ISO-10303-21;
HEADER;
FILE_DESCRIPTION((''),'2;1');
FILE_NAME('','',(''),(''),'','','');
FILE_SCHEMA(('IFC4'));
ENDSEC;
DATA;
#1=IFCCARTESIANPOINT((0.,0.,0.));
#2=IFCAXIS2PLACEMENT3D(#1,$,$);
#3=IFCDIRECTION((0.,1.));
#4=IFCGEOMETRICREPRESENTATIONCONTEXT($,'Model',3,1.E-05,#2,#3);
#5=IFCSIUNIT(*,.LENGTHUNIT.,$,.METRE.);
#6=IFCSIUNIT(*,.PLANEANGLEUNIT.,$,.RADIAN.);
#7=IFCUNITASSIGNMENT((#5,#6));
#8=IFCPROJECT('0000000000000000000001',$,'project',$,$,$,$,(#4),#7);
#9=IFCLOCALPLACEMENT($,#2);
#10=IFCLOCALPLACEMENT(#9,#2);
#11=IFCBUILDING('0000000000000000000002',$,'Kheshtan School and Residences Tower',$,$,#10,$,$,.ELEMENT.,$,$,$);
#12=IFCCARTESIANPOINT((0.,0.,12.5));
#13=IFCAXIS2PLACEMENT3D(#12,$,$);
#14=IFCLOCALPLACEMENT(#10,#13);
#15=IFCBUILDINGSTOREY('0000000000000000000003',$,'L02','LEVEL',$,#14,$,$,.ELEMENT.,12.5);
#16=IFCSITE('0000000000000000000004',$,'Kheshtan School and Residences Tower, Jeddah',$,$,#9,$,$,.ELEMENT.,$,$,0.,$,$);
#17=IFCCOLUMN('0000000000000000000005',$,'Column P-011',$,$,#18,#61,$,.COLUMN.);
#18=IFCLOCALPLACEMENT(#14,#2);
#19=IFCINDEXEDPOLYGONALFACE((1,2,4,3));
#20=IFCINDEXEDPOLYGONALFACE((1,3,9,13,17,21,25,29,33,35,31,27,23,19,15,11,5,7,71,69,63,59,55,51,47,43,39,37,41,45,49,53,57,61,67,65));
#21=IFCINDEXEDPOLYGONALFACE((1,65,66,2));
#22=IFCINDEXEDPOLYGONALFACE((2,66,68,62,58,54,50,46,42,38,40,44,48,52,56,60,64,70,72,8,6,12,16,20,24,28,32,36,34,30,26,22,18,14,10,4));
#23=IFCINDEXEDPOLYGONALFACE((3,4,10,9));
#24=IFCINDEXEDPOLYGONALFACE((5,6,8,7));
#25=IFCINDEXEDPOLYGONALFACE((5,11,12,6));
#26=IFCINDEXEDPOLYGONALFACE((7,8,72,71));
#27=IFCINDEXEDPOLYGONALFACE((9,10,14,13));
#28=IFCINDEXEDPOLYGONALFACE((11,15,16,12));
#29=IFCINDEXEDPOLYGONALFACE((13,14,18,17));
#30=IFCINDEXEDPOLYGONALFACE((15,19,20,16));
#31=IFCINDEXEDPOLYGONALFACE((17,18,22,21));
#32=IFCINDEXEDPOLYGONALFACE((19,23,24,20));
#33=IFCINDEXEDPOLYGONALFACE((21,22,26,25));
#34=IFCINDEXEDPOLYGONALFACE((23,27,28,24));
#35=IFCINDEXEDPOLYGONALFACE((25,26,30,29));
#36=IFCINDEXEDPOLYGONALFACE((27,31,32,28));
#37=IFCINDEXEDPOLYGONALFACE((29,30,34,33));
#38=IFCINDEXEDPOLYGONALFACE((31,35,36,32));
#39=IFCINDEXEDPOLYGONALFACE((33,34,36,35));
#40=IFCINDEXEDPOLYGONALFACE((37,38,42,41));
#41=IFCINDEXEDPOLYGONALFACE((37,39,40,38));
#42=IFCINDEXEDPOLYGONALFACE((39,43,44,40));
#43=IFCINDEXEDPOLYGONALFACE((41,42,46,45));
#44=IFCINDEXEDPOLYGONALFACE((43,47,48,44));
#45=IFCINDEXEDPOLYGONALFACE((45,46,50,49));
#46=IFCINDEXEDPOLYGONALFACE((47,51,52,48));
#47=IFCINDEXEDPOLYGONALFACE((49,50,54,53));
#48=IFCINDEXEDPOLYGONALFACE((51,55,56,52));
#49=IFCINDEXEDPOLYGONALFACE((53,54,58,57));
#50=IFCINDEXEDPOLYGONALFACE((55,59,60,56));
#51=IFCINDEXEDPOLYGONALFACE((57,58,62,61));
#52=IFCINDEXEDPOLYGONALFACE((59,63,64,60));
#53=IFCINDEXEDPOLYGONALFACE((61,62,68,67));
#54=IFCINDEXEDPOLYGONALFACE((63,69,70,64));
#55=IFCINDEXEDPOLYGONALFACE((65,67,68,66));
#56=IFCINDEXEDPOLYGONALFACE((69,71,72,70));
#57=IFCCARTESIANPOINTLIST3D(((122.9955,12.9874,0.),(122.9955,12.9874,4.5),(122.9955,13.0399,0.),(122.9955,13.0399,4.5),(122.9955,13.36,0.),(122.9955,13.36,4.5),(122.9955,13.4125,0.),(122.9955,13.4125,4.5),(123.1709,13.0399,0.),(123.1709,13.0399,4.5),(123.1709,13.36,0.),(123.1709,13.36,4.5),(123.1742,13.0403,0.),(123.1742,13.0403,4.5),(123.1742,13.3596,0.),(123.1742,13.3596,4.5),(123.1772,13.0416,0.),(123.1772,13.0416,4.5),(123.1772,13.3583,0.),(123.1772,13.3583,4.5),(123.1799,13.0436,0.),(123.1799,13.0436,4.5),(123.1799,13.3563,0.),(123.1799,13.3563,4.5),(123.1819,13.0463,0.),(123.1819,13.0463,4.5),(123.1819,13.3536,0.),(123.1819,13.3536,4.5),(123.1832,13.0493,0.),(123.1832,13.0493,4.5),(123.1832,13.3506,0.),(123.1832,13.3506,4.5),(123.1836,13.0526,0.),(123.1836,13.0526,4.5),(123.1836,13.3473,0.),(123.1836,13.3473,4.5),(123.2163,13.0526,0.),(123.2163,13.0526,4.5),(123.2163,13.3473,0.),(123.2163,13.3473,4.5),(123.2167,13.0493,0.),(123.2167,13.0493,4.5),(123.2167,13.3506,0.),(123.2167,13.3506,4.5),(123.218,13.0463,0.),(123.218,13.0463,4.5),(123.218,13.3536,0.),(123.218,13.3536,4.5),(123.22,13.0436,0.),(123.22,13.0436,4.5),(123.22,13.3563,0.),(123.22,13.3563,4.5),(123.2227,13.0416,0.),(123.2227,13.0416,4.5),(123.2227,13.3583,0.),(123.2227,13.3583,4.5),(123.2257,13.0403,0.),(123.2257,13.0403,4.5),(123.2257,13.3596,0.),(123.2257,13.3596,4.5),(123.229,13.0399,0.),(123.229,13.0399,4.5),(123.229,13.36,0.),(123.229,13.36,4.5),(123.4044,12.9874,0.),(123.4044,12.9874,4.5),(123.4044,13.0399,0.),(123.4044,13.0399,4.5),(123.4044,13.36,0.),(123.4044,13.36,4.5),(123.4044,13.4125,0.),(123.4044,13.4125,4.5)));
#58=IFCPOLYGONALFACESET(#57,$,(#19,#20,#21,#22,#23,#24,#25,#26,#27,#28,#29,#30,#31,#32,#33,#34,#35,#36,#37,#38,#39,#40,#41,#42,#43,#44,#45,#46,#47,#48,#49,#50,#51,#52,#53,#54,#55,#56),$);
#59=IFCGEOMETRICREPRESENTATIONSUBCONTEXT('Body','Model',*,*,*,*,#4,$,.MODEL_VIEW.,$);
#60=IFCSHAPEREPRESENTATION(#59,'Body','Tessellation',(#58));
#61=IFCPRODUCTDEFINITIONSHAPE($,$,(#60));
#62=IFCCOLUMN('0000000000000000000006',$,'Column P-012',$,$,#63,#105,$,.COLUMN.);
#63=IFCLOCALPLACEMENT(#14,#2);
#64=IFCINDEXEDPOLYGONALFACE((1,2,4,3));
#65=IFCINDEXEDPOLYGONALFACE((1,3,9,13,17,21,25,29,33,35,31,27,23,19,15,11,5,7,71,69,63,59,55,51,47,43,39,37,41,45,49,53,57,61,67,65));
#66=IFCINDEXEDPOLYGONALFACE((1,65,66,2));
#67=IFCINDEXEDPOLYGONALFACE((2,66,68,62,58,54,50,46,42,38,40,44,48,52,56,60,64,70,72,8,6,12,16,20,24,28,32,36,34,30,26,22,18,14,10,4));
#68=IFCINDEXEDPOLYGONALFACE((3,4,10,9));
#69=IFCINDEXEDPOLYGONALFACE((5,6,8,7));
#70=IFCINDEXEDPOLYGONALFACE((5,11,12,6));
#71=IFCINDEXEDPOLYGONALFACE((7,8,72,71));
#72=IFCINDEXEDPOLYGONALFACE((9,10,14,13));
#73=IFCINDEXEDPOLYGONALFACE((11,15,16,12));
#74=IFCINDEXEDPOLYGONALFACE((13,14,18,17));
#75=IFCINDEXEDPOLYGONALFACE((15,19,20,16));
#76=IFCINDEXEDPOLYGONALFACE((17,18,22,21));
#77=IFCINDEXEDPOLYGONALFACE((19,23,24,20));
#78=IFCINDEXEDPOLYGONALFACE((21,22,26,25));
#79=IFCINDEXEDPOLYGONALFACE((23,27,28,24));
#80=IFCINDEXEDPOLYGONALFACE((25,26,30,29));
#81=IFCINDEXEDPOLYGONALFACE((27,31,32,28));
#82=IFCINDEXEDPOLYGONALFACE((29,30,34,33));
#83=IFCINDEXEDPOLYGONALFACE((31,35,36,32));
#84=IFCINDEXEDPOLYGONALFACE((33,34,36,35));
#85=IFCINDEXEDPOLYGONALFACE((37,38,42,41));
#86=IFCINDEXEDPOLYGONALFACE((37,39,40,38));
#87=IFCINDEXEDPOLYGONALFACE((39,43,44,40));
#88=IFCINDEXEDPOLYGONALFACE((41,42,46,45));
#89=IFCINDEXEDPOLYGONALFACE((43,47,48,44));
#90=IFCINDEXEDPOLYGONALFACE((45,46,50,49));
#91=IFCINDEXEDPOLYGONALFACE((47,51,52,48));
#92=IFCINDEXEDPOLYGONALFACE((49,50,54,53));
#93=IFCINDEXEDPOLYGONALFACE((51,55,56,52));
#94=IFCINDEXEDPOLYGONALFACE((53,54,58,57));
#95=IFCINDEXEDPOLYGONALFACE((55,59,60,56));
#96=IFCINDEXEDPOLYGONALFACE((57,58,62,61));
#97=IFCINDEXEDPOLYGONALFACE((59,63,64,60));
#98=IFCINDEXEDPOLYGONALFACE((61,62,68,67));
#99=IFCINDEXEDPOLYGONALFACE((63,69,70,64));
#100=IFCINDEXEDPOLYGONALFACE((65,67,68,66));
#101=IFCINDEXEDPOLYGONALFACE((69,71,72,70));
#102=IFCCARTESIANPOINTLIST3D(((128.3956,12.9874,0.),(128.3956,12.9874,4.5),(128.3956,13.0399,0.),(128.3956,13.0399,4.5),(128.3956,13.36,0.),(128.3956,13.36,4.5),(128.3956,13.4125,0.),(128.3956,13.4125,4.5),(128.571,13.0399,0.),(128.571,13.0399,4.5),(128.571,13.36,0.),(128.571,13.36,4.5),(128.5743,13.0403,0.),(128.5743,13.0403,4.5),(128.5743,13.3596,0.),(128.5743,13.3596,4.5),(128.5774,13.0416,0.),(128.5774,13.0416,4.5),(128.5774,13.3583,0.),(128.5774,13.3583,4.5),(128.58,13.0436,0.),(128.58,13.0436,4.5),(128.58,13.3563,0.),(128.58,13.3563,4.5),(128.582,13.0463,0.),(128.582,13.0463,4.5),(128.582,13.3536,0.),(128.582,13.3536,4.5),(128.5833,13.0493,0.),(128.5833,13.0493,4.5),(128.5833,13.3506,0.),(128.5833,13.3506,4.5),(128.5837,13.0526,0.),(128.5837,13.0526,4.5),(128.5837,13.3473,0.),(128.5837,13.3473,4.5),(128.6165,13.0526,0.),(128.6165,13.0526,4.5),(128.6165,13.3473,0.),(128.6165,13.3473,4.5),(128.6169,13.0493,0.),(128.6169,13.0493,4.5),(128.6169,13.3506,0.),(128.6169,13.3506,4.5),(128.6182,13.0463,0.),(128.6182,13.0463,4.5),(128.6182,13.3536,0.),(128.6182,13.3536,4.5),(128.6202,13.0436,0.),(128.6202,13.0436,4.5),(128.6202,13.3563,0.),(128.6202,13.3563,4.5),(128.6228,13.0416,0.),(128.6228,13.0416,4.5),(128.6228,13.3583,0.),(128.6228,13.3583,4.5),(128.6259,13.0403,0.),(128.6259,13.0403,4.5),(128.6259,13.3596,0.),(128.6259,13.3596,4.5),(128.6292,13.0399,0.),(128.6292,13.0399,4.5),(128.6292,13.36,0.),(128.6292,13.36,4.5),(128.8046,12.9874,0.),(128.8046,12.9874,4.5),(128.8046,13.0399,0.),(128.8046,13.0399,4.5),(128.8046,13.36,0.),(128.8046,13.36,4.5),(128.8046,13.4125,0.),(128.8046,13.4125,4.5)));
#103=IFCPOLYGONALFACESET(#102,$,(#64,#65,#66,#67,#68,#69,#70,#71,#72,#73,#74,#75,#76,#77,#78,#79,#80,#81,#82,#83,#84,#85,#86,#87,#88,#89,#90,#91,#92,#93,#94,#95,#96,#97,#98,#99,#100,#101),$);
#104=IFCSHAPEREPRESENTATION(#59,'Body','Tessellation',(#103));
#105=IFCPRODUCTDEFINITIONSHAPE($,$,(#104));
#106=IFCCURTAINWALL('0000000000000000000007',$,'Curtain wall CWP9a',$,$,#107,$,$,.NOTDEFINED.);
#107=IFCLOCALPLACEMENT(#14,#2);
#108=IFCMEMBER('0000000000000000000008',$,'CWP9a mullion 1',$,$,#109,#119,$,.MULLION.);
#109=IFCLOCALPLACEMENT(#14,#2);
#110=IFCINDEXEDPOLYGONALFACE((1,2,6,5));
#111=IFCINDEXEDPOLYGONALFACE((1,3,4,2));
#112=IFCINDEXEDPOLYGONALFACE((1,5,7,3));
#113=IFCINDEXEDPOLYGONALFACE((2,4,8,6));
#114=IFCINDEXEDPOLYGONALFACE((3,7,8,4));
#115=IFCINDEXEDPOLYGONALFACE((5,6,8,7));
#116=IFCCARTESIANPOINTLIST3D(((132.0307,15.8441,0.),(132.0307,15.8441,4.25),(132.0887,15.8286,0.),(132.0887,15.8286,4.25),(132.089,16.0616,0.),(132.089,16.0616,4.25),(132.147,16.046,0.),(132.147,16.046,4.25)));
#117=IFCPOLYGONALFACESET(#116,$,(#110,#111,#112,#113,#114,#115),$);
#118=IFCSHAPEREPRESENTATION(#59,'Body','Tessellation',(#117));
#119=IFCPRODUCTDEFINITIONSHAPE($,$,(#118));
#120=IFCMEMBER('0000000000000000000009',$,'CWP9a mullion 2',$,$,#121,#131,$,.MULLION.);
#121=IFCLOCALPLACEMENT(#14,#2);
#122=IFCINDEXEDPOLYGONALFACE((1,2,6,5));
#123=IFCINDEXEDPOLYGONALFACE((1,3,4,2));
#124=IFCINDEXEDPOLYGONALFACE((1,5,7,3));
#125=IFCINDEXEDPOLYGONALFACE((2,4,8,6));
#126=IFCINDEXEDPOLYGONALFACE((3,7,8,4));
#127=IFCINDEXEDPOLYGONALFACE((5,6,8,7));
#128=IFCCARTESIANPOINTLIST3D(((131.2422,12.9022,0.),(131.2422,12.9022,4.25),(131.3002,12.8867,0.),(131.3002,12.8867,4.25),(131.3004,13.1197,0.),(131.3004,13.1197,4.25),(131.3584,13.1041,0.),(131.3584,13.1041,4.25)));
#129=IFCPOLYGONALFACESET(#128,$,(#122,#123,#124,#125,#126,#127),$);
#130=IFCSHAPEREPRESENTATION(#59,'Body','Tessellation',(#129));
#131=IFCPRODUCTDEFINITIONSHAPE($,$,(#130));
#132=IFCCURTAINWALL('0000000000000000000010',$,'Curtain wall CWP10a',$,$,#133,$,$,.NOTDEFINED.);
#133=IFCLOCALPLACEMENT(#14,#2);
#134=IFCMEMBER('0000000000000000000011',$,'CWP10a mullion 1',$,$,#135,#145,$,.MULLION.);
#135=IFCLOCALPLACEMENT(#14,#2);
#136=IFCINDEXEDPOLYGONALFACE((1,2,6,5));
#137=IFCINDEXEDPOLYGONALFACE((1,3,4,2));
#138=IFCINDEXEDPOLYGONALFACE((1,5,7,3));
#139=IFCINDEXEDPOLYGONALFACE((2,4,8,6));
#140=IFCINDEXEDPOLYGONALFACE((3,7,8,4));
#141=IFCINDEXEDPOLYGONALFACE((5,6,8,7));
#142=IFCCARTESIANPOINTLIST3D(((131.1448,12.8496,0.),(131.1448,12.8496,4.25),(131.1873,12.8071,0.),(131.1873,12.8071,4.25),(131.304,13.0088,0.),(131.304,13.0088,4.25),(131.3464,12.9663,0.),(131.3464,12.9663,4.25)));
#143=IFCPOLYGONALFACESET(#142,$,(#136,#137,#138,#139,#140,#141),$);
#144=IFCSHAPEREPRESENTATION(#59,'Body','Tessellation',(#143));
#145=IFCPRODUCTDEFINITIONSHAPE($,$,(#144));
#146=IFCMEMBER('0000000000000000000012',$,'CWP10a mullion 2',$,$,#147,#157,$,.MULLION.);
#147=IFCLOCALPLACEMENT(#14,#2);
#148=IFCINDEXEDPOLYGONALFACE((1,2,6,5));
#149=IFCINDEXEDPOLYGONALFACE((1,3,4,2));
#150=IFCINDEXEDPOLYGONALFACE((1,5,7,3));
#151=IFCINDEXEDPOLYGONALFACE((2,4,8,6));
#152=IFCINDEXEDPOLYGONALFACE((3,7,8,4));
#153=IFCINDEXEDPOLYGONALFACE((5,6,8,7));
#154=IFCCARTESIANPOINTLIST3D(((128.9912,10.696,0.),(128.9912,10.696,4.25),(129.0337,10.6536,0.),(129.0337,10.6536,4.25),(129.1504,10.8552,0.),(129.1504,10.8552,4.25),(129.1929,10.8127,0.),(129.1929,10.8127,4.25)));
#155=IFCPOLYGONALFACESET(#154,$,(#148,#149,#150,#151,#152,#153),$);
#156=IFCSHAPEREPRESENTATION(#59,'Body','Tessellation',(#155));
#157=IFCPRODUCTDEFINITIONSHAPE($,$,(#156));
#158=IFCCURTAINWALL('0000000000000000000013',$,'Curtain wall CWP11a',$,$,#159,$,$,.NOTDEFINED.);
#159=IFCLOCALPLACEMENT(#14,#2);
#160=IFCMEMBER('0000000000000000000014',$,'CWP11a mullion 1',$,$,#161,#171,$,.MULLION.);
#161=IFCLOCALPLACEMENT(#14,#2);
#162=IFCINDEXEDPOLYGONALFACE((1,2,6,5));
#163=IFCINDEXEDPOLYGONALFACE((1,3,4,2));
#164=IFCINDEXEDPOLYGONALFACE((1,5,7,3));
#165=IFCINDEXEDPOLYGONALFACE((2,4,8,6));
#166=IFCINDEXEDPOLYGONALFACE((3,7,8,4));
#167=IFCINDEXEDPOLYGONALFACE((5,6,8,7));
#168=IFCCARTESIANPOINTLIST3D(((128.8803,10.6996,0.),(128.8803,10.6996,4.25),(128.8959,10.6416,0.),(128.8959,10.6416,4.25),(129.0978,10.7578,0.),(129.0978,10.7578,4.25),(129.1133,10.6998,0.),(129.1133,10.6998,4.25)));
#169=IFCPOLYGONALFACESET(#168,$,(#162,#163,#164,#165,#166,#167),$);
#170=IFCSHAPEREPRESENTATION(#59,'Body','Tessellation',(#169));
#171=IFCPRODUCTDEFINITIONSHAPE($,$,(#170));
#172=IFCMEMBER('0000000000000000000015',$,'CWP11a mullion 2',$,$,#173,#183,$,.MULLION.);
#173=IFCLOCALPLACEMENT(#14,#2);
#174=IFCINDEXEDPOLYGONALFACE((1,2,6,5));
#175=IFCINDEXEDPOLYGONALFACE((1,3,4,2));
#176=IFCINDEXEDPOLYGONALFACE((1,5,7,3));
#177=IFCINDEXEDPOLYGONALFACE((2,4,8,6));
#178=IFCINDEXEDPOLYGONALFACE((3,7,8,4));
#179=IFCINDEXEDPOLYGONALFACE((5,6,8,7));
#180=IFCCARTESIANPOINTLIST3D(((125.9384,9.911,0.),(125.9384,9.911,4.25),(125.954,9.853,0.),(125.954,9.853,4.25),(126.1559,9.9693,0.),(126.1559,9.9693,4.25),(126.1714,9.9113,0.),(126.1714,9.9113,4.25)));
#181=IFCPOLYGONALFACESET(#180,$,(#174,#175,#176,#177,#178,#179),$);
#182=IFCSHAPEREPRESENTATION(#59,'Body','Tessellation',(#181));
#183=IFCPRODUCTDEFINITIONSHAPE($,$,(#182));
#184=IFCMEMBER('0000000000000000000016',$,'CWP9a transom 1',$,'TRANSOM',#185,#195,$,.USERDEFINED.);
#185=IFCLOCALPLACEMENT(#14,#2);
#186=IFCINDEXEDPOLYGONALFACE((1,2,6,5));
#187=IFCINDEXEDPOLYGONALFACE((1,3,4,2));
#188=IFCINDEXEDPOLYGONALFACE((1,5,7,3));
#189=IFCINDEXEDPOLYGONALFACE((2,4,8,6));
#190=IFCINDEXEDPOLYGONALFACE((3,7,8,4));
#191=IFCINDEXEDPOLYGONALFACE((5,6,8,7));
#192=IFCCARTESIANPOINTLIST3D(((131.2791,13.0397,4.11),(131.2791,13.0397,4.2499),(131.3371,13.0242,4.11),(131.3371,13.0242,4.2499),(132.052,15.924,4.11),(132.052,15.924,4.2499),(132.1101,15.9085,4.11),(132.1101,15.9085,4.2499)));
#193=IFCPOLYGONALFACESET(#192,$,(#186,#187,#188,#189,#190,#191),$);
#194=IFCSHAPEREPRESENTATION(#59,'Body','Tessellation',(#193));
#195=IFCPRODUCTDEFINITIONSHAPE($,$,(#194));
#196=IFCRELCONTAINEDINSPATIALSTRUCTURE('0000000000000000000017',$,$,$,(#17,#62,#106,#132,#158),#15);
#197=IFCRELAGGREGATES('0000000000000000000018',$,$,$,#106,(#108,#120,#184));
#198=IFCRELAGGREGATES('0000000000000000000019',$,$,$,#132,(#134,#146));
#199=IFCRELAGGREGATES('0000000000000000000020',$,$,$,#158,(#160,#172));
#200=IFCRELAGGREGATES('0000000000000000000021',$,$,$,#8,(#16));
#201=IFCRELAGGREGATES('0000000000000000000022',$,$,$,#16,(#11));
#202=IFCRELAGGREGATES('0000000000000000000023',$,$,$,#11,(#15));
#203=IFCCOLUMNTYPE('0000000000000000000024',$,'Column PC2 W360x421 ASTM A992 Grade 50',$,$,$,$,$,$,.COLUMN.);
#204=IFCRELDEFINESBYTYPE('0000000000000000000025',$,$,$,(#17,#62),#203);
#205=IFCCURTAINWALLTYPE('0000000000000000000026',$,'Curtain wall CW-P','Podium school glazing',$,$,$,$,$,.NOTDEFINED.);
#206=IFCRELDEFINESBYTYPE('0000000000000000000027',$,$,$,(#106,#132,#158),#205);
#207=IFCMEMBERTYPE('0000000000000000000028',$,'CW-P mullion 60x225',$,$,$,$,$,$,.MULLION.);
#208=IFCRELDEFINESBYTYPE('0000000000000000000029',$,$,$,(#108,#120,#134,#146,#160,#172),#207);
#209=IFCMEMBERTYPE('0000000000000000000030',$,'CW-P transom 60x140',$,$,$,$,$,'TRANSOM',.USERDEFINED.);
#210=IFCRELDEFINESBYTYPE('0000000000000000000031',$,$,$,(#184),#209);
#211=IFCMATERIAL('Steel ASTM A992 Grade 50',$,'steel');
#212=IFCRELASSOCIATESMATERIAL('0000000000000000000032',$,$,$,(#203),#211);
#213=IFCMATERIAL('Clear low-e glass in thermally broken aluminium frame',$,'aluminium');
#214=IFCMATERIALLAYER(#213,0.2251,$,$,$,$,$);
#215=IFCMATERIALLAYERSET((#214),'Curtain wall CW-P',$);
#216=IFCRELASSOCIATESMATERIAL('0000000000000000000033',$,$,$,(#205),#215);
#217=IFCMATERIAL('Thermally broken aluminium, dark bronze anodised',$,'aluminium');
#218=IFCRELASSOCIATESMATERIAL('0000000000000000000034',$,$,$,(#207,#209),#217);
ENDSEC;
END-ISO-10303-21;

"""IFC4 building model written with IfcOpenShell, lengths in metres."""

from ifc_helpers import new_model, si_unit, direction, frame, origin, origin_2d, place, context, subcontext, project, spatial, rectangle, i_section, extrude, material, layer, layer_set, material_profile, profile_set, type_object, element, aggregate, save


model = new_model("IFC4")

# Units and contexts
model_context = context("Model", 3, precision=1e-05, world=origin(), true_north=direction((0.0, 1.0)))
body_context = subcontext(model_context, "Body", "Model", "MODEL_VIEW")
ifc_project = project(units=[si_unit("LENGTHUNIT", "METRE"), si_unit("PLANEANGLEUNIT", "RADIAN")], contexts=[model_context])

# Site, building, storey
site_placement = place(None, origin())
site = spatial("IfcSite", under=ifc_project, at=site_placement, Name="Kheshtan School and Residences Tower, Jeddah", CompositionType="ELEMENT", RefElevation=0.0)
building_placement = place(site_placement, origin())
building = spatial("IfcBuilding", under=site, at=building_placement, Name="Kheshtan School and Residences Tower", CompositionType="ELEMENT")
storey_placement = place(building_placement, frame((0.0, 0.0, 12.5)))
storey = spatial("IfcBuildingStorey", under=building, at=storey_placement, Name="L02", Description="LEVEL", CompositionType="ELEMENT", Elevation=12.5)

# Columns
ifc_material_1 = material(Name="Steel ASTM A992 Grade 50", Category="steel")
ifc_material_profile_1 = material_profile(ifc_material_1, i_section(OverallWidth=0.4089, OverallDepth=0.425, WebThickness=0.0327, FlangeThickness=0.0525, FilletRadius=0.0127, at=origin_2d()), Name="W360x421")
ifc_profile_set_1 = profile_set([ifc_material_profile_1], Name="Steel ASTM A992 Grade 50")
column_type = type_object("IfcColumnType", Name="Column PC2 W360x421 ASTM A992 Grade 50", PredefinedType="COLUMN", material=ifc_profile_set_1)
for number, where, z_axis, x_axis, name in (
    (1, (123.2, 13.2, 0.0), (0.0, 0.0, 1.0), (1.0, 0.0, 0.0), "Column P-011"),
    (2, (128.6001, 13.2, 0.0), (0.0, 0.0, 1.0), (1.0, 0.0, 0.0), "Column P-012"),
):
    element("IfcColumn", number, at=place(storey_placement, frame(where, z_axis=z_axis, x_axis=x_axis)), inside=storey, type_object=column_type, Name=name, PredefinedType="COLUMN", context=body_context, shape_type="SweptSolid", body=[
        extrude(i_section(OverallWidth=0.4089, OverallDepth=0.425, WebThickness=0.0327, FlangeThickness=0.0525, FilletRadius=0.0127, at=origin_2d()), origin(), (0.0, 0.0, 1.0), 4.5),
    ])

# Curtain walls, members
ifc_material_2 = material(Name="Clear low-e glass in thermally broken aluminium frame", Category="aluminium")
ifc_layer_1 = layer(ifc_material_2, 0.2251)
ifc_layer_set_1 = layer_set([ifc_layer_1], Name="Curtain wall CW-P")
curtain_wall_type = type_object("IfcCurtainWallType", Name="Curtain wall CW-P", Description="Podium school glazing", PredefinedType="NOTDEFINED", material=ifc_layer_set_1)
curtain_wall_1_placement = place(storey_placement, origin())
curtain_wall_1 = element("IfcCurtainWall", 3, at=curtain_wall_1_placement, inside=storey, type_object=curtain_wall_type, Name="Curtain wall CWP9a", PredefinedType="NOTDEFINED")
ifc_material_3 = material(Name="Thermally broken aluminium, dark bronze anodised", Category="aluminium")
ifc_material_profile_2 = material_profile(ifc_material_3, rectangle(XDim=0.0601, YDim=0.2251, at=origin_2d()), Name="CW-P mullion 60x225")
ifc_profile_set_2 = profile_set([ifc_material_profile_2], Name="Thermally broken aluminium, dark bronze anodised")
member_type_1 = type_object("IfcMemberType", Name="CW-P mullion 60x225", PredefinedType="MULLION", material=ifc_profile_set_2)
member_1_placement = place(storey_placement, frame((132.0889, 15.9451, 0.0), z_axis=(0.0, 0.0, 1.0), x_axis=(0.965914, -0.258865, 0.0)))
member_1 = element("IfcMember", 4, at=member_1_placement, type_object=member_type_1, Name="CWP9a mullion 1", PredefinedType="MULLION", context=body_context, shape_type="SweptSolid", body=[
    extrude(rectangle(XDim=0.0601, YDim=0.2251, at=origin_2d()), origin(), (0.0, 0.0, 1.0), 4.25),
])
member_2_placement = place(storey_placement, frame((131.3003, 13.0032, 0.0), z_axis=(0.0, 0.0, 1.0), x_axis=(0.965914, -0.258865, 0.0)))
member_2 = element("IfcMember", 5, at=member_2_placement, type_object=member_type_1, Name="CWP9a mullion 2", PredefinedType="MULLION", context=body_context, shape_type="SweptSolid", body=[
    extrude(rectangle(XDim=0.0601, YDim=0.2251, at=origin_2d()), origin(), (0.0, 0.0, 1.0), 4.25),
])
curtain_wall_2_placement = place(storey_placement, origin())
curtain_wall_2 = element("IfcCurtainWall", 6, at=curtain_wall_2_placement, inside=storey, type_object=curtain_wall_type, Name="Curtain wall CWP10a", PredefinedType="NOTDEFINED")
member_3_placement = place(storey_placement, frame((131.2456, 12.908, 0.0), z_axis=(0.0, 0.0, 1.0), x_axis=(0.707107, -0.707107, 0.0)))
member_3 = element("IfcMember", 7, at=member_3_placement, type_object=member_type_1, Name="CWP10a mullion 1", PredefinedType="MULLION", context=body_context, shape_type="SweptSolid", body=[
    extrude(rectangle(XDim=0.0601, YDim=0.2251, at=origin_2d()), origin(), (0.0, 0.0, 1.0), 4.25),
])
member_4_placement = place(storey_placement, frame((129.092, 10.7544, 0.0), z_axis=(0.0, 0.0, 1.0), x_axis=(0.707107, -0.707107, 0.0)))
member_4 = element("IfcMember", 8, at=member_4_placement, type_object=member_type_1, Name="CWP10a mullion 2", PredefinedType="MULLION", context=body_context, shape_type="SweptSolid", body=[
    extrude(rectangle(XDim=0.0601, YDim=0.2251, at=origin_2d()), origin(), (0.0, 0.0, 1.0), 4.25),
])
curtain_wall_3_placement = place(storey_placement, origin())
curtain_wall_3 = element("IfcCurtainWall", 9, at=curtain_wall_3_placement, inside=storey, type_object=curtain_wall_type, Name="Curtain wall CWP11a", PredefinedType="NOTDEFINED")
member_5_placement = place(storey_placement, frame((128.9968, 10.6997, 0.0), z_axis=(0.0, 0.0, 1.0), x_axis=(0.258865, -0.965914, 0.0)))
member_5 = element("IfcMember", 10, at=member_5_placement, type_object=member_type_1, Name="CWP11a mullion 1", PredefinedType="MULLION", context=body_context, shape_type="SweptSolid", body=[
    extrude(rectangle(XDim=0.0601, YDim=0.2251, at=origin_2d()), origin(), (0.0, 0.0, 1.0), 4.25),
])
member_6_placement = place(storey_placement, frame((126.0549, 9.9111, 0.0), z_axis=(0.0, 0.0, 1.0), x_axis=(0.258865, -0.965914, 0.0)))
member_6 = element("IfcMember", 11, at=member_6_placement, type_object=member_type_1, Name="CWP11a mullion 2", PredefinedType="MULLION", context=body_context, shape_type="SweptSolid", body=[
    extrude(rectangle(XDim=0.0601, YDim=0.2251, at=origin_2d()), origin(), (0.0, 0.0, 1.0), 4.25),
])

# Member
ifc_material_profile_3 = material_profile(ifc_material_3, rectangle(XDim=0.0601, YDim=0.1399, at=origin_2d()), Name="CW-P transom 60x140")
ifc_profile_set_3 = profile_set([ifc_material_profile_3], Name="Thermally broken aluminium, dark bronze anodised")
member_type_2 = type_object("IfcMemberType", Name="CW-P transom 60x140", ElementType="TRANSOM", PredefinedType="USERDEFINED", material=ifc_profile_set_3)
member_7_placement = place(storey_placement, frame((132.0811, 15.9163, 4.1799), z_axis=(-0.258853, -0.965917, 0.0), x_axis=(0.965917, -0.258853, 0.0)))
member_7 = element("IfcMember", 12, at=member_7_placement, type_object=member_type_2, Name="CWP9a transom 1", ObjectType="TRANSOM", PredefinedType="USERDEFINED", context=body_context, shape_type="SweptSolid", body=[
    extrude(rectangle(XDim=0.0601, YDim=0.1399, at=origin_2d()), origin(), (0.0, 0.0, 1.0), 2.9861),
])

aggregate(curtain_wall_1, [member_1, member_2, member_7])
aggregate(curtain_wall_2, [member_3, member_4])
aggregate(curtain_wall_3, [member_5, member_6])

save(model, "model.ifc")
